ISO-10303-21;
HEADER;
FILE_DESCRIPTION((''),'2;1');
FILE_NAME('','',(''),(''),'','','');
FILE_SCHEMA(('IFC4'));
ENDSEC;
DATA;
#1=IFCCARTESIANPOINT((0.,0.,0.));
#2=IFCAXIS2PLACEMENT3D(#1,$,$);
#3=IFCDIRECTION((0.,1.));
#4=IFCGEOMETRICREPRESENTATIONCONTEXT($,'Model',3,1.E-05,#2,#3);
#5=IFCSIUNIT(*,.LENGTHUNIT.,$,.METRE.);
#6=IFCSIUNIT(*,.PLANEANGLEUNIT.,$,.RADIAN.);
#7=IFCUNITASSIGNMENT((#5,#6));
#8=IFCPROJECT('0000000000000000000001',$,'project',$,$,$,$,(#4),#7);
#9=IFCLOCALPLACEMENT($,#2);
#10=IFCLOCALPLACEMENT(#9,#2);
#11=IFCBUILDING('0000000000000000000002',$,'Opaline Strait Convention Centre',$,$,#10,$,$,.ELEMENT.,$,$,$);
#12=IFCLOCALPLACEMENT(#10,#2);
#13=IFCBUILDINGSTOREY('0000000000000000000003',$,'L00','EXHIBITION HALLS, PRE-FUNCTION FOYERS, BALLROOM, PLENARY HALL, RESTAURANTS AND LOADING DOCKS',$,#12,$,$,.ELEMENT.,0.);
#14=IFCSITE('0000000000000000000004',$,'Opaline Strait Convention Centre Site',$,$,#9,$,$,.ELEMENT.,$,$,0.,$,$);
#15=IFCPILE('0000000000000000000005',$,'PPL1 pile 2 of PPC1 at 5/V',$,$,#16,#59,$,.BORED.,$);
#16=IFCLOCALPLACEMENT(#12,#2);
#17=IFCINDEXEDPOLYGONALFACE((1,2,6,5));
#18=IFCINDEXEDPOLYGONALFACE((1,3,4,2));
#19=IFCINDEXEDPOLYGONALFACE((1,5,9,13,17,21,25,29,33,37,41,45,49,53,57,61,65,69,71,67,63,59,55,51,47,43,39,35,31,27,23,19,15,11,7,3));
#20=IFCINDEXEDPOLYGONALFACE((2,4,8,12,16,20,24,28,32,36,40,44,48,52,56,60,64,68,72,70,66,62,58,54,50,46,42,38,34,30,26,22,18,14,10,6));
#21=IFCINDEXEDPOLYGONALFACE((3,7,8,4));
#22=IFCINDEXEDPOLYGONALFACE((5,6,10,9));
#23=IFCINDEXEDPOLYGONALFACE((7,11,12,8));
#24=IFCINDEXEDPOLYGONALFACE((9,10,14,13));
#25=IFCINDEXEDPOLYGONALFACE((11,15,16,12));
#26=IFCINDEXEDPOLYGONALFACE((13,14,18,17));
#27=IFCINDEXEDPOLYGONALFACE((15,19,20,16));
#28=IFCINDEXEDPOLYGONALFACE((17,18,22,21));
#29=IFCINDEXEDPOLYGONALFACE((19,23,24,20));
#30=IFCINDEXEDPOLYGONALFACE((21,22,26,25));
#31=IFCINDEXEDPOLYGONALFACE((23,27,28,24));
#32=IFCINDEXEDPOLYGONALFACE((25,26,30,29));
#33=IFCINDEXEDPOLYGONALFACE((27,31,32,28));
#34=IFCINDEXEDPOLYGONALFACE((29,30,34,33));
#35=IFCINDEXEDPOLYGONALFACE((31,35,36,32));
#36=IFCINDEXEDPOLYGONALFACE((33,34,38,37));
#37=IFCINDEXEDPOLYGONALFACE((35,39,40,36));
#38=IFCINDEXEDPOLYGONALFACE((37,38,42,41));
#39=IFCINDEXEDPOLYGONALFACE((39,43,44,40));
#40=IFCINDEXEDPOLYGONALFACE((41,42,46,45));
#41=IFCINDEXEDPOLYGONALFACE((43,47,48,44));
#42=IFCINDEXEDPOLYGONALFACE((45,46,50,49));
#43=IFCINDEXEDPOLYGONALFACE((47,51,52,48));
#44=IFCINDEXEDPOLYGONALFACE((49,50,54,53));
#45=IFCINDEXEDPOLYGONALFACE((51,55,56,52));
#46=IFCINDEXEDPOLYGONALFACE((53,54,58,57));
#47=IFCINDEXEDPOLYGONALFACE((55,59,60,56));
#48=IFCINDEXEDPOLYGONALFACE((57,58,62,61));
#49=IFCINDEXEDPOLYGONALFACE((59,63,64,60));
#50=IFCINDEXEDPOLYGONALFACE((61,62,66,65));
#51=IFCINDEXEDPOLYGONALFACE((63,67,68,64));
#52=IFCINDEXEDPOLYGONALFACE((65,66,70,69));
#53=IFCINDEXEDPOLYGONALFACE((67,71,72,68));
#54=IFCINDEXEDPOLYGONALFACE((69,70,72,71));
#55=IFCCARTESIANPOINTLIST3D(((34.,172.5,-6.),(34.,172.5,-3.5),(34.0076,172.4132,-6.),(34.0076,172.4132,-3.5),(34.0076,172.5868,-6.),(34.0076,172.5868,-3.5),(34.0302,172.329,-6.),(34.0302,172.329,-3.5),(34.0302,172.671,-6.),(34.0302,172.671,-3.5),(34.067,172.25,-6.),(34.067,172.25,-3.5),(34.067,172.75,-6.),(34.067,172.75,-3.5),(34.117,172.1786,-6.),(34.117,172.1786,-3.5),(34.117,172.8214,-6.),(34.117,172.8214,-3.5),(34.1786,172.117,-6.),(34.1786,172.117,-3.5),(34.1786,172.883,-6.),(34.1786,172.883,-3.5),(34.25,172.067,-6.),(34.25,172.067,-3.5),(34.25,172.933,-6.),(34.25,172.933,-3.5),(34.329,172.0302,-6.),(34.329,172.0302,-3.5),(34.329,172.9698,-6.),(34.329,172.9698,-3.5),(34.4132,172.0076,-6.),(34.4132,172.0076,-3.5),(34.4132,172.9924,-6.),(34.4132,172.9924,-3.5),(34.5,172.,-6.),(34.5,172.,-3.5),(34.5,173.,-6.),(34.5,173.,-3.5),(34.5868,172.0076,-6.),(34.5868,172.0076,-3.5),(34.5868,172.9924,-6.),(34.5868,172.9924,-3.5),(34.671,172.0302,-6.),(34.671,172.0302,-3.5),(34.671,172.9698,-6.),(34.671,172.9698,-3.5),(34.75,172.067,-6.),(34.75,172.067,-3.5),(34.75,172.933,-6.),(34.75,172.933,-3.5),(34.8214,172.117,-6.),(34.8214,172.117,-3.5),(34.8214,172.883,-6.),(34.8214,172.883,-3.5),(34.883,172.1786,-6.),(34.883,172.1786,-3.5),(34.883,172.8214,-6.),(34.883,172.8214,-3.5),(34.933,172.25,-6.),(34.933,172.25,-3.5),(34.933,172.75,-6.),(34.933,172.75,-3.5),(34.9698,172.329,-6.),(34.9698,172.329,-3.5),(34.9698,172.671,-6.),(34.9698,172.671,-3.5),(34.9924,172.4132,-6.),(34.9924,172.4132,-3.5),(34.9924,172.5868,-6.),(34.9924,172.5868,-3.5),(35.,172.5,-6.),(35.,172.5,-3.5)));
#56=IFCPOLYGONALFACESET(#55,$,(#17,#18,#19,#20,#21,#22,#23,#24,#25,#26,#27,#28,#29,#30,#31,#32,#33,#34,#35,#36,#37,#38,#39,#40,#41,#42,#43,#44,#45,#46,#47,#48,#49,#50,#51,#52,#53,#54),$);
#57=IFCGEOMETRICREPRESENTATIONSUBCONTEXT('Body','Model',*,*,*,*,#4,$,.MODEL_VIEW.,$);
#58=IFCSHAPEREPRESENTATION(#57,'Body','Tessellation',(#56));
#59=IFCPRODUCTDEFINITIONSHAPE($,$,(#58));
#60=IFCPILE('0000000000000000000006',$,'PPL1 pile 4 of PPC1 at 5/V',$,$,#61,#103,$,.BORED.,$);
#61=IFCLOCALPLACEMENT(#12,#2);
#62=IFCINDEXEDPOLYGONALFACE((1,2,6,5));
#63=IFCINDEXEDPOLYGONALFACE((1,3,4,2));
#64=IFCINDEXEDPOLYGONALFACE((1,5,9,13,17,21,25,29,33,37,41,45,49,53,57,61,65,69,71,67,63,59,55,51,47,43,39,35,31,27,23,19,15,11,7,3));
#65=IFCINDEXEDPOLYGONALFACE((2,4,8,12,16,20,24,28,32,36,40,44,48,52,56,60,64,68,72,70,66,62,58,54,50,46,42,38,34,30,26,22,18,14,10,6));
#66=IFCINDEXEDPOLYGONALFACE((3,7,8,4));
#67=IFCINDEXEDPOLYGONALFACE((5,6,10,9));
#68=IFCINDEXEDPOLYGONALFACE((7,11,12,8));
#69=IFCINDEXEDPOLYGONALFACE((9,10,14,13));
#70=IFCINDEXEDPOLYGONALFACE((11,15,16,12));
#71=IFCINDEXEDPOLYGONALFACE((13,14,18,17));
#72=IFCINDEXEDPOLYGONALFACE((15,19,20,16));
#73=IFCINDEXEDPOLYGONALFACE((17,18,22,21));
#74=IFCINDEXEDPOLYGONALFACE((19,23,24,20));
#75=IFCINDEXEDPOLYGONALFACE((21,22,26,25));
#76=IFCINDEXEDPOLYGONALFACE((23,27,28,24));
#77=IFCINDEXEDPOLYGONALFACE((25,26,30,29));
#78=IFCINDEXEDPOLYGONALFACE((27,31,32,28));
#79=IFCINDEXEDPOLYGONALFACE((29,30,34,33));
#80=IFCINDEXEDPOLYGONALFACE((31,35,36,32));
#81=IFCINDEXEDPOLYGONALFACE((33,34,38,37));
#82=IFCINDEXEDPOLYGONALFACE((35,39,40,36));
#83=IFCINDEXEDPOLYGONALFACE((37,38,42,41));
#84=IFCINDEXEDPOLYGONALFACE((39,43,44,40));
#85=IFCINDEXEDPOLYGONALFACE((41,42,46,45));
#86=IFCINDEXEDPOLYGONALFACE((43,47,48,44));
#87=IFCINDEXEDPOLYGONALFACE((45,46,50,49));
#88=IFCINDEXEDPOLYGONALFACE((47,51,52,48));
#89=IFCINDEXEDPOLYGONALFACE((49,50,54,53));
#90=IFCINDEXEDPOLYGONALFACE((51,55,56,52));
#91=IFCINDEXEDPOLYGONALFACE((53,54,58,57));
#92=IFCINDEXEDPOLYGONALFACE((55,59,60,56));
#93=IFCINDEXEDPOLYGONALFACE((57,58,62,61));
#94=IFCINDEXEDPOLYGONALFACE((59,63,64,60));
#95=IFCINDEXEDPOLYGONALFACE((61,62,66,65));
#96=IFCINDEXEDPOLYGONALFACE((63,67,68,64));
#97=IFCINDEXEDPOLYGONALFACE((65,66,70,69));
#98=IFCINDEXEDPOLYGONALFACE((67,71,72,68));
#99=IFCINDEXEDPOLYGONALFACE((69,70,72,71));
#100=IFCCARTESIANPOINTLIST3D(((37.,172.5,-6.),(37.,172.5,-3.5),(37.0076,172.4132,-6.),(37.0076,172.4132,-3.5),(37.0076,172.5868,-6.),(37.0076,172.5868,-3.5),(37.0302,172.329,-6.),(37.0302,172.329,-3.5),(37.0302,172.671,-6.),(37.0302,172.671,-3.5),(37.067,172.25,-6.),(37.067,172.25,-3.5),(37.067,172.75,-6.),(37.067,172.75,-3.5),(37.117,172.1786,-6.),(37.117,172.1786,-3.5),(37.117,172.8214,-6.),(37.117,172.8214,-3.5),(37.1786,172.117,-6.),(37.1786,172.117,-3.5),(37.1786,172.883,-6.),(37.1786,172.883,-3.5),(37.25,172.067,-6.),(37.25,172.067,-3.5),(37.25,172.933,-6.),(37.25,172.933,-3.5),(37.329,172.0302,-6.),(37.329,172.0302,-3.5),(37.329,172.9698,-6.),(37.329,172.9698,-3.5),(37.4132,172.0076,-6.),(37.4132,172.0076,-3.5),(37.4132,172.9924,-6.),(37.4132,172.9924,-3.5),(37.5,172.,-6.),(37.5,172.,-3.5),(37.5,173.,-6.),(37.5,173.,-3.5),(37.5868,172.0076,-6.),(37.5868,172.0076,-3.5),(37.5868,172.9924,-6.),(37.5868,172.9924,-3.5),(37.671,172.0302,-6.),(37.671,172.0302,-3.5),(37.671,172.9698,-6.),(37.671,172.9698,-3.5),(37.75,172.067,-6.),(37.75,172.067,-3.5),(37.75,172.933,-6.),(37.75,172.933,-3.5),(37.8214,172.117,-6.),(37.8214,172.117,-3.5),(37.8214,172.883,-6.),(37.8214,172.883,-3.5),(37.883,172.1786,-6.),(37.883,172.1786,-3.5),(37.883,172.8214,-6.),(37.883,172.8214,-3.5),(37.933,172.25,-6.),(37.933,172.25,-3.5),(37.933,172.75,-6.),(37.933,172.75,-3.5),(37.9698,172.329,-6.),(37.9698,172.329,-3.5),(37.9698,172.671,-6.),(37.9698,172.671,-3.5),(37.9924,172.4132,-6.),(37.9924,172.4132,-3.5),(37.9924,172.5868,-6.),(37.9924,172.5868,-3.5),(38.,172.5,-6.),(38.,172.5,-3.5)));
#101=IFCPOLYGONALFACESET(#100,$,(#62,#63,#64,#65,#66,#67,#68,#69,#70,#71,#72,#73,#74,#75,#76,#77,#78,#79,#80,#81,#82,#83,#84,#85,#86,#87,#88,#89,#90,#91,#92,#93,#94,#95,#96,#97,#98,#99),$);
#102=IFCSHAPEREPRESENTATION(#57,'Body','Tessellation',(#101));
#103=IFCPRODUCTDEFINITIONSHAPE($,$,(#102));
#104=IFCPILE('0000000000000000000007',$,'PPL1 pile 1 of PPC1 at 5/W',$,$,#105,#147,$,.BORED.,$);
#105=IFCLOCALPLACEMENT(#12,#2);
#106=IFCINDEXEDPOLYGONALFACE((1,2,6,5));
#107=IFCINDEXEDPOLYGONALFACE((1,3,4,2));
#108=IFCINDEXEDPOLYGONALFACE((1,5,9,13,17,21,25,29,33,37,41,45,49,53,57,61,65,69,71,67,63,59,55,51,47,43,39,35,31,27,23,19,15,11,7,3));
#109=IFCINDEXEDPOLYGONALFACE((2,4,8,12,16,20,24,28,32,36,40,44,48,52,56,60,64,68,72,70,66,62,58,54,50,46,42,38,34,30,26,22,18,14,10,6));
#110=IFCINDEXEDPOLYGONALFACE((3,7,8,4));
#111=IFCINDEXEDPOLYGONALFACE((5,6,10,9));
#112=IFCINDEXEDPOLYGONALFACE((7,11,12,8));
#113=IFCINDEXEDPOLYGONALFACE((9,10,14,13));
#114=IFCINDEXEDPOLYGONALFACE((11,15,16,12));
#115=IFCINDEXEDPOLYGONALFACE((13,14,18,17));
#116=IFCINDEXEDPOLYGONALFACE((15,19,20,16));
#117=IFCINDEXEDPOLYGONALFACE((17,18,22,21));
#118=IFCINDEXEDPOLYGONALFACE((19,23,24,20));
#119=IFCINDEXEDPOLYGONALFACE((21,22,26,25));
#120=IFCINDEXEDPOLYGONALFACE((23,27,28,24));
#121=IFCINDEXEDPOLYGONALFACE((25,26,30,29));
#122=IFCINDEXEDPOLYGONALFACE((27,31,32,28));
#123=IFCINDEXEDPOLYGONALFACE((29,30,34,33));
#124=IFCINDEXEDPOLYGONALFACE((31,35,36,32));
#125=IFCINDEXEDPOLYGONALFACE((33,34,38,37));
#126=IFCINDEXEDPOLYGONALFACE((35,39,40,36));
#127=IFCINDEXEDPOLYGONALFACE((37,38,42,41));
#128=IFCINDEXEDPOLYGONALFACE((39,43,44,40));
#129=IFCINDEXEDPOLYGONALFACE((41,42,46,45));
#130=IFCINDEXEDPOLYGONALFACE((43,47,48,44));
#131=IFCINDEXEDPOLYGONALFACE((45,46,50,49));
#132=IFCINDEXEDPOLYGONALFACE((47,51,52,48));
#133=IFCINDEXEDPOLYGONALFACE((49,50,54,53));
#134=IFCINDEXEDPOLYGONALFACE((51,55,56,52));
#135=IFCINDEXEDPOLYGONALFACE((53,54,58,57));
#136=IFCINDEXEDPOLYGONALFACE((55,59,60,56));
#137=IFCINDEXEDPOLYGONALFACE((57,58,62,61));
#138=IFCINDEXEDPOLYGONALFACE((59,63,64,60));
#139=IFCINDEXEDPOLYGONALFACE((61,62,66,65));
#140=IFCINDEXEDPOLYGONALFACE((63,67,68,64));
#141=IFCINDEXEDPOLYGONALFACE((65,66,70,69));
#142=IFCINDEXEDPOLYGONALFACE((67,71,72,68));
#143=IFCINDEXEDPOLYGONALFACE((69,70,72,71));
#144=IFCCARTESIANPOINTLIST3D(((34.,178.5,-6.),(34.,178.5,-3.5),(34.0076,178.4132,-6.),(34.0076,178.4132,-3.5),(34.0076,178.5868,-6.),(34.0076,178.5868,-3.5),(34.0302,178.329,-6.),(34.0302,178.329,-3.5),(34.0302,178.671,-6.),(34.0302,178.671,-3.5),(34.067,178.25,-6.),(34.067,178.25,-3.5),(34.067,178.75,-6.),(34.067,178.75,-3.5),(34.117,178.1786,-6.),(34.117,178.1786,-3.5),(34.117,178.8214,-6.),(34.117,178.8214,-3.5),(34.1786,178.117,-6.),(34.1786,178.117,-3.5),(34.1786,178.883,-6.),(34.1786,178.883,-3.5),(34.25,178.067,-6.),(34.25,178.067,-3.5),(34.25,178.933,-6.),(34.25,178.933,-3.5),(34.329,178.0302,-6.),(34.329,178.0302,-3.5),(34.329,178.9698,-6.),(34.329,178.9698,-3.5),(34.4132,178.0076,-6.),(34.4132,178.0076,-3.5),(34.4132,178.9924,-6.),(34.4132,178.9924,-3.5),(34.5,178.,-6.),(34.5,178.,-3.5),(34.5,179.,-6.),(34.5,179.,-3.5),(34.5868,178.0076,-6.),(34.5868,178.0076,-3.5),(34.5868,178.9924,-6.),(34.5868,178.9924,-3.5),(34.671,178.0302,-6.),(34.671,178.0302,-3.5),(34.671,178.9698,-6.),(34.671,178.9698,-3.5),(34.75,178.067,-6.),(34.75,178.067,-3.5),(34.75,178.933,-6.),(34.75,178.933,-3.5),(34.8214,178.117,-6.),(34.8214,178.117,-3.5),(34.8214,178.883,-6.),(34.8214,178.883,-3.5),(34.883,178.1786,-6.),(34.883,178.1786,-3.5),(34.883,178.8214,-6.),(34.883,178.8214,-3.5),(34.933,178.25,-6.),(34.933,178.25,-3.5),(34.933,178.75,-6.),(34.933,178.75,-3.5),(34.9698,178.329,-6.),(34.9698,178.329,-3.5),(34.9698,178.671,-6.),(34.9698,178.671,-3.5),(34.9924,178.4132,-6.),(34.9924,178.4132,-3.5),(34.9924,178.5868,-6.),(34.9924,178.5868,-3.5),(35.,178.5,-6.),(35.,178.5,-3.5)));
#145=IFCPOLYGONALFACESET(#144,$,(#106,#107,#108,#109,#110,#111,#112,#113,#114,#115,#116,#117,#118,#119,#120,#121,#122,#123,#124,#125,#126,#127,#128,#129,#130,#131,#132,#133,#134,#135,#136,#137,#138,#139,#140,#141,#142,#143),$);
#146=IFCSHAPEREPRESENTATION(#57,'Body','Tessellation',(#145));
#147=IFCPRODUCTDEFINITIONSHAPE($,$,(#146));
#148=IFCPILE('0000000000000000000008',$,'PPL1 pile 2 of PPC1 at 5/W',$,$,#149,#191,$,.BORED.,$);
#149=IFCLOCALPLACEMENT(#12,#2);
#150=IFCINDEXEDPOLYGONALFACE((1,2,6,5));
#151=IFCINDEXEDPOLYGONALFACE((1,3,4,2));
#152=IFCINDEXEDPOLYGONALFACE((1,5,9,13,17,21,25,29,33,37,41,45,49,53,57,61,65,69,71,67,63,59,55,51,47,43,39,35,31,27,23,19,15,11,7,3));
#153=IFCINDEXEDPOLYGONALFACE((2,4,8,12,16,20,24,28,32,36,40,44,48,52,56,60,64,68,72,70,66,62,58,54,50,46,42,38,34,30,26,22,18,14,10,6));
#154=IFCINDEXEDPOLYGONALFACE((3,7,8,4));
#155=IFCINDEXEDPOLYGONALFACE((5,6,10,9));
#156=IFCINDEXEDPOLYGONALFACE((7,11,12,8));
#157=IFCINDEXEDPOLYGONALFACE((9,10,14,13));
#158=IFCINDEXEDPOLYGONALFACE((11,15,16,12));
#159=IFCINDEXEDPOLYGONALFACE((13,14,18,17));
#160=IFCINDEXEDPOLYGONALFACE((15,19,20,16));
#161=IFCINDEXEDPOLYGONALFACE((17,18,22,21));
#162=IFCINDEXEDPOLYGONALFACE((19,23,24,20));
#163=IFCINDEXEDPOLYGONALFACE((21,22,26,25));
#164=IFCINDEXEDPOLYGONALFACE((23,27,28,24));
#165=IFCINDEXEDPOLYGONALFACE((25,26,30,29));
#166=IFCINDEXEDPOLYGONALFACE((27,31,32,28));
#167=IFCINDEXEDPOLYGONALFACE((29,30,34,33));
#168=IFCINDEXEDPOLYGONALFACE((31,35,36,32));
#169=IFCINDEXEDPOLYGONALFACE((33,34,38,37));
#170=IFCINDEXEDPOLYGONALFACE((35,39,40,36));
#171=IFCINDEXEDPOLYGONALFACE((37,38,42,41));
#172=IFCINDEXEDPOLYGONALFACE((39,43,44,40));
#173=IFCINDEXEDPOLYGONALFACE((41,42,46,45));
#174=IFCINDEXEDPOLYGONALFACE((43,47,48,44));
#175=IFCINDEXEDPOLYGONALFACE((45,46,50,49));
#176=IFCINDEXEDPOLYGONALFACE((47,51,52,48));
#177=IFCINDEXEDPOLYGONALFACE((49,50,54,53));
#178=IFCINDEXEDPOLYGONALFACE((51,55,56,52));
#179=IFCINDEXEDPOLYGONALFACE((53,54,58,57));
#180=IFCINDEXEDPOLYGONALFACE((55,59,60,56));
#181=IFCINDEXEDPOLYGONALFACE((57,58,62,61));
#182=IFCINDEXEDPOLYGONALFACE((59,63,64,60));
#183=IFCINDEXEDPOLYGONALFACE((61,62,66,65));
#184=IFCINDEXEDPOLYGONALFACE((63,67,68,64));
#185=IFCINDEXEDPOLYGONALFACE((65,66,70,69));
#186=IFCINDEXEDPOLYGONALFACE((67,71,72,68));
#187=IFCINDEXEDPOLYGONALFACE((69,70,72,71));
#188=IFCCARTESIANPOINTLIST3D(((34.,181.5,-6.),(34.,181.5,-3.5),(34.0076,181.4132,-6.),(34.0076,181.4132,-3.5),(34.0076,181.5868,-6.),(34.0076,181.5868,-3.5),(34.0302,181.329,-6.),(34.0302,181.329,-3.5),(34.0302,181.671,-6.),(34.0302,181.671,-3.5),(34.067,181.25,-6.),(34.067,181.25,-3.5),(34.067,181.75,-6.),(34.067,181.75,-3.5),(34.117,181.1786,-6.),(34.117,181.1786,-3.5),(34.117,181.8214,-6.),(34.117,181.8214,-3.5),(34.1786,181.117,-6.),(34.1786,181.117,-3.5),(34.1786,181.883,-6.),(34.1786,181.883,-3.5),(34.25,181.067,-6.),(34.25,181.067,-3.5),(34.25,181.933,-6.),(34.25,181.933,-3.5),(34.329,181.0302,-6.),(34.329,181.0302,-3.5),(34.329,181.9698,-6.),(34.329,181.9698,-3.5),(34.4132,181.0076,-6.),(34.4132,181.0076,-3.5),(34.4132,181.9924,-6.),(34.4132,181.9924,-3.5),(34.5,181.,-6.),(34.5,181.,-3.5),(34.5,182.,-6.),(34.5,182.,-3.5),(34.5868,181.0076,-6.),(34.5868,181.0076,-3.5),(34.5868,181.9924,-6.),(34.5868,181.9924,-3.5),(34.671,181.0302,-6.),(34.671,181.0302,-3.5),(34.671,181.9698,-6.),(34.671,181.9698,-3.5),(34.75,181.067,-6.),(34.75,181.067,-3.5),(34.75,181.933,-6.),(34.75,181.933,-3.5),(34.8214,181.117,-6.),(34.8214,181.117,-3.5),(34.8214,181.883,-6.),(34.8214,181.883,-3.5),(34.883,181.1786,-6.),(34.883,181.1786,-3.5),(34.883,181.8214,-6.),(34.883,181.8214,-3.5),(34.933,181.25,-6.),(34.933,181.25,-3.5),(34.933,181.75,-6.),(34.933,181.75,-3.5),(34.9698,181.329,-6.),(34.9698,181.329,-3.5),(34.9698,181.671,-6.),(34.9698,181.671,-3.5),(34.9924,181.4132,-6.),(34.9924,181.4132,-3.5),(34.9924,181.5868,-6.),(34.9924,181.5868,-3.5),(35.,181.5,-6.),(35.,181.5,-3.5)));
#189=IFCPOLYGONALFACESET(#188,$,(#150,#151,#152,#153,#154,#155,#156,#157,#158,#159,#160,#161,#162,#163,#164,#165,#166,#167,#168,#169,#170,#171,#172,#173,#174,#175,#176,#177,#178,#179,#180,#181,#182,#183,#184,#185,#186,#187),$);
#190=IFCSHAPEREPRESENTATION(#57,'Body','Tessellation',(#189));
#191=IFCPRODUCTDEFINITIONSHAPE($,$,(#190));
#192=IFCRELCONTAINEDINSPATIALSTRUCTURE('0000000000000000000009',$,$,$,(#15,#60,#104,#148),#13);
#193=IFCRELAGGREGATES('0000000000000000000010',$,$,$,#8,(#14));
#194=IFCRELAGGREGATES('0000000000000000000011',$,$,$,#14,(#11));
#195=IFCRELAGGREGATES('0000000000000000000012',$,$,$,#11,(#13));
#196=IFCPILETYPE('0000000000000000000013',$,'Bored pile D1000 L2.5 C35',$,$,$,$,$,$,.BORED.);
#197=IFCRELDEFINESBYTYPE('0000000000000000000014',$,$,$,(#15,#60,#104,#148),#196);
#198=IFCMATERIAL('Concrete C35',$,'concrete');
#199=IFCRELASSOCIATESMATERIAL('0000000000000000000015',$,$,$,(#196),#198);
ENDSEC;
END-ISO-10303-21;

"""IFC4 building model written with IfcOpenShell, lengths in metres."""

from ifc_helpers import new_model, si_unit, direction, frame, origin, origin_2d, place, context, subcontext, project, spatial, circle, extrude, material, material_profile, profile_set, type_object, element, save


model = new_model("IFC4")

# Units and contexts
model_context = context("Model", 3, precision=1e-05, world=origin(), true_north=direction((0.0, 1.0)))
body_context = subcontext(model_context, "Body", "Model", "MODEL_VIEW")
ifc_project = project(units=[si_unit("LENGTHUNIT", "METRE"), si_unit("PLANEANGLEUNIT", "RADIAN")], contexts=[model_context])

# Site, building, storey
site_placement = place(None, origin())
site = spatial("IfcSite", under=ifc_project, at=site_placement, Name="Opaline Strait Convention Centre Site", CompositionType="ELEMENT", RefElevation=0.0)
building_placement = place(site_placement, origin())
building = spatial("IfcBuilding", under=site, at=building_placement, Name="Opaline Strait Convention Centre", CompositionType="ELEMENT")
storey_placement = place(building_placement, origin())
storey = spatial("IfcBuildingStorey", under=building, at=storey_placement, Name="L00", Description="EXHIBITION HALLS, PRE-FUNCTION FOYERS, BALLROOM, PLENARY HALL, RESTAURANTS AND LOADING DOCKS", CompositionType="ELEMENT", Elevation=0.0)

# Piles
ifc_material_1 = material(Name="Concrete C35", Category="concrete")
ifc_material_profile_1 = material_profile(ifc_material_1, circle(Radius=0.5, at=origin_2d()), Name="D1000")
ifc_profile_set_1 = profile_set([ifc_material_profile_1], Name="Concrete C35")
pile_type = type_object("IfcPileType", Name="Bored pile D1000 L2.5 C35", PredefinedType="BORED", material=ifc_profile_set_1)
for number, where, z_axis, x_axis, name in (
    (1, (34.5, 172.5, -3.5), (0.0, 0.0, -1.0), (1.0, 0.0, 0.0), "PPL1 pile 2 of PPC1 at 5/V"),
    (2, (37.5, 172.5, -3.5), (0.0, 0.0, -1.0), (1.0, 0.0, 0.0), "PPL1 pile 4 of PPC1 at 5/V"),
    (3, (34.5, 178.5, -3.5), (0.0, 0.0, -1.0), (1.0, 0.0, 0.0), "PPL1 pile 1 of PPC1 at 5/W"),
    (4, (34.5, 181.5, -3.5), (0.0, 0.0, -1.0), (1.0, 0.0, 0.0), "PPL1 pile 2 of PPC1 at 5/W"),
):
    element("IfcPile", number, at=place(storey_placement, frame(where, z_axis=z_axis, x_axis=x_axis)), inside=storey, type_object=pile_type, Name=name, PredefinedType="BORED", context=body_context, shape_type="SweptSolid", body=[
        extrude(circle(Radius=0.5, at=origin_2d()), origin(), (0.0, 0.0, 1.0), 2.5),
    ])

save(model, "model.ifc")
